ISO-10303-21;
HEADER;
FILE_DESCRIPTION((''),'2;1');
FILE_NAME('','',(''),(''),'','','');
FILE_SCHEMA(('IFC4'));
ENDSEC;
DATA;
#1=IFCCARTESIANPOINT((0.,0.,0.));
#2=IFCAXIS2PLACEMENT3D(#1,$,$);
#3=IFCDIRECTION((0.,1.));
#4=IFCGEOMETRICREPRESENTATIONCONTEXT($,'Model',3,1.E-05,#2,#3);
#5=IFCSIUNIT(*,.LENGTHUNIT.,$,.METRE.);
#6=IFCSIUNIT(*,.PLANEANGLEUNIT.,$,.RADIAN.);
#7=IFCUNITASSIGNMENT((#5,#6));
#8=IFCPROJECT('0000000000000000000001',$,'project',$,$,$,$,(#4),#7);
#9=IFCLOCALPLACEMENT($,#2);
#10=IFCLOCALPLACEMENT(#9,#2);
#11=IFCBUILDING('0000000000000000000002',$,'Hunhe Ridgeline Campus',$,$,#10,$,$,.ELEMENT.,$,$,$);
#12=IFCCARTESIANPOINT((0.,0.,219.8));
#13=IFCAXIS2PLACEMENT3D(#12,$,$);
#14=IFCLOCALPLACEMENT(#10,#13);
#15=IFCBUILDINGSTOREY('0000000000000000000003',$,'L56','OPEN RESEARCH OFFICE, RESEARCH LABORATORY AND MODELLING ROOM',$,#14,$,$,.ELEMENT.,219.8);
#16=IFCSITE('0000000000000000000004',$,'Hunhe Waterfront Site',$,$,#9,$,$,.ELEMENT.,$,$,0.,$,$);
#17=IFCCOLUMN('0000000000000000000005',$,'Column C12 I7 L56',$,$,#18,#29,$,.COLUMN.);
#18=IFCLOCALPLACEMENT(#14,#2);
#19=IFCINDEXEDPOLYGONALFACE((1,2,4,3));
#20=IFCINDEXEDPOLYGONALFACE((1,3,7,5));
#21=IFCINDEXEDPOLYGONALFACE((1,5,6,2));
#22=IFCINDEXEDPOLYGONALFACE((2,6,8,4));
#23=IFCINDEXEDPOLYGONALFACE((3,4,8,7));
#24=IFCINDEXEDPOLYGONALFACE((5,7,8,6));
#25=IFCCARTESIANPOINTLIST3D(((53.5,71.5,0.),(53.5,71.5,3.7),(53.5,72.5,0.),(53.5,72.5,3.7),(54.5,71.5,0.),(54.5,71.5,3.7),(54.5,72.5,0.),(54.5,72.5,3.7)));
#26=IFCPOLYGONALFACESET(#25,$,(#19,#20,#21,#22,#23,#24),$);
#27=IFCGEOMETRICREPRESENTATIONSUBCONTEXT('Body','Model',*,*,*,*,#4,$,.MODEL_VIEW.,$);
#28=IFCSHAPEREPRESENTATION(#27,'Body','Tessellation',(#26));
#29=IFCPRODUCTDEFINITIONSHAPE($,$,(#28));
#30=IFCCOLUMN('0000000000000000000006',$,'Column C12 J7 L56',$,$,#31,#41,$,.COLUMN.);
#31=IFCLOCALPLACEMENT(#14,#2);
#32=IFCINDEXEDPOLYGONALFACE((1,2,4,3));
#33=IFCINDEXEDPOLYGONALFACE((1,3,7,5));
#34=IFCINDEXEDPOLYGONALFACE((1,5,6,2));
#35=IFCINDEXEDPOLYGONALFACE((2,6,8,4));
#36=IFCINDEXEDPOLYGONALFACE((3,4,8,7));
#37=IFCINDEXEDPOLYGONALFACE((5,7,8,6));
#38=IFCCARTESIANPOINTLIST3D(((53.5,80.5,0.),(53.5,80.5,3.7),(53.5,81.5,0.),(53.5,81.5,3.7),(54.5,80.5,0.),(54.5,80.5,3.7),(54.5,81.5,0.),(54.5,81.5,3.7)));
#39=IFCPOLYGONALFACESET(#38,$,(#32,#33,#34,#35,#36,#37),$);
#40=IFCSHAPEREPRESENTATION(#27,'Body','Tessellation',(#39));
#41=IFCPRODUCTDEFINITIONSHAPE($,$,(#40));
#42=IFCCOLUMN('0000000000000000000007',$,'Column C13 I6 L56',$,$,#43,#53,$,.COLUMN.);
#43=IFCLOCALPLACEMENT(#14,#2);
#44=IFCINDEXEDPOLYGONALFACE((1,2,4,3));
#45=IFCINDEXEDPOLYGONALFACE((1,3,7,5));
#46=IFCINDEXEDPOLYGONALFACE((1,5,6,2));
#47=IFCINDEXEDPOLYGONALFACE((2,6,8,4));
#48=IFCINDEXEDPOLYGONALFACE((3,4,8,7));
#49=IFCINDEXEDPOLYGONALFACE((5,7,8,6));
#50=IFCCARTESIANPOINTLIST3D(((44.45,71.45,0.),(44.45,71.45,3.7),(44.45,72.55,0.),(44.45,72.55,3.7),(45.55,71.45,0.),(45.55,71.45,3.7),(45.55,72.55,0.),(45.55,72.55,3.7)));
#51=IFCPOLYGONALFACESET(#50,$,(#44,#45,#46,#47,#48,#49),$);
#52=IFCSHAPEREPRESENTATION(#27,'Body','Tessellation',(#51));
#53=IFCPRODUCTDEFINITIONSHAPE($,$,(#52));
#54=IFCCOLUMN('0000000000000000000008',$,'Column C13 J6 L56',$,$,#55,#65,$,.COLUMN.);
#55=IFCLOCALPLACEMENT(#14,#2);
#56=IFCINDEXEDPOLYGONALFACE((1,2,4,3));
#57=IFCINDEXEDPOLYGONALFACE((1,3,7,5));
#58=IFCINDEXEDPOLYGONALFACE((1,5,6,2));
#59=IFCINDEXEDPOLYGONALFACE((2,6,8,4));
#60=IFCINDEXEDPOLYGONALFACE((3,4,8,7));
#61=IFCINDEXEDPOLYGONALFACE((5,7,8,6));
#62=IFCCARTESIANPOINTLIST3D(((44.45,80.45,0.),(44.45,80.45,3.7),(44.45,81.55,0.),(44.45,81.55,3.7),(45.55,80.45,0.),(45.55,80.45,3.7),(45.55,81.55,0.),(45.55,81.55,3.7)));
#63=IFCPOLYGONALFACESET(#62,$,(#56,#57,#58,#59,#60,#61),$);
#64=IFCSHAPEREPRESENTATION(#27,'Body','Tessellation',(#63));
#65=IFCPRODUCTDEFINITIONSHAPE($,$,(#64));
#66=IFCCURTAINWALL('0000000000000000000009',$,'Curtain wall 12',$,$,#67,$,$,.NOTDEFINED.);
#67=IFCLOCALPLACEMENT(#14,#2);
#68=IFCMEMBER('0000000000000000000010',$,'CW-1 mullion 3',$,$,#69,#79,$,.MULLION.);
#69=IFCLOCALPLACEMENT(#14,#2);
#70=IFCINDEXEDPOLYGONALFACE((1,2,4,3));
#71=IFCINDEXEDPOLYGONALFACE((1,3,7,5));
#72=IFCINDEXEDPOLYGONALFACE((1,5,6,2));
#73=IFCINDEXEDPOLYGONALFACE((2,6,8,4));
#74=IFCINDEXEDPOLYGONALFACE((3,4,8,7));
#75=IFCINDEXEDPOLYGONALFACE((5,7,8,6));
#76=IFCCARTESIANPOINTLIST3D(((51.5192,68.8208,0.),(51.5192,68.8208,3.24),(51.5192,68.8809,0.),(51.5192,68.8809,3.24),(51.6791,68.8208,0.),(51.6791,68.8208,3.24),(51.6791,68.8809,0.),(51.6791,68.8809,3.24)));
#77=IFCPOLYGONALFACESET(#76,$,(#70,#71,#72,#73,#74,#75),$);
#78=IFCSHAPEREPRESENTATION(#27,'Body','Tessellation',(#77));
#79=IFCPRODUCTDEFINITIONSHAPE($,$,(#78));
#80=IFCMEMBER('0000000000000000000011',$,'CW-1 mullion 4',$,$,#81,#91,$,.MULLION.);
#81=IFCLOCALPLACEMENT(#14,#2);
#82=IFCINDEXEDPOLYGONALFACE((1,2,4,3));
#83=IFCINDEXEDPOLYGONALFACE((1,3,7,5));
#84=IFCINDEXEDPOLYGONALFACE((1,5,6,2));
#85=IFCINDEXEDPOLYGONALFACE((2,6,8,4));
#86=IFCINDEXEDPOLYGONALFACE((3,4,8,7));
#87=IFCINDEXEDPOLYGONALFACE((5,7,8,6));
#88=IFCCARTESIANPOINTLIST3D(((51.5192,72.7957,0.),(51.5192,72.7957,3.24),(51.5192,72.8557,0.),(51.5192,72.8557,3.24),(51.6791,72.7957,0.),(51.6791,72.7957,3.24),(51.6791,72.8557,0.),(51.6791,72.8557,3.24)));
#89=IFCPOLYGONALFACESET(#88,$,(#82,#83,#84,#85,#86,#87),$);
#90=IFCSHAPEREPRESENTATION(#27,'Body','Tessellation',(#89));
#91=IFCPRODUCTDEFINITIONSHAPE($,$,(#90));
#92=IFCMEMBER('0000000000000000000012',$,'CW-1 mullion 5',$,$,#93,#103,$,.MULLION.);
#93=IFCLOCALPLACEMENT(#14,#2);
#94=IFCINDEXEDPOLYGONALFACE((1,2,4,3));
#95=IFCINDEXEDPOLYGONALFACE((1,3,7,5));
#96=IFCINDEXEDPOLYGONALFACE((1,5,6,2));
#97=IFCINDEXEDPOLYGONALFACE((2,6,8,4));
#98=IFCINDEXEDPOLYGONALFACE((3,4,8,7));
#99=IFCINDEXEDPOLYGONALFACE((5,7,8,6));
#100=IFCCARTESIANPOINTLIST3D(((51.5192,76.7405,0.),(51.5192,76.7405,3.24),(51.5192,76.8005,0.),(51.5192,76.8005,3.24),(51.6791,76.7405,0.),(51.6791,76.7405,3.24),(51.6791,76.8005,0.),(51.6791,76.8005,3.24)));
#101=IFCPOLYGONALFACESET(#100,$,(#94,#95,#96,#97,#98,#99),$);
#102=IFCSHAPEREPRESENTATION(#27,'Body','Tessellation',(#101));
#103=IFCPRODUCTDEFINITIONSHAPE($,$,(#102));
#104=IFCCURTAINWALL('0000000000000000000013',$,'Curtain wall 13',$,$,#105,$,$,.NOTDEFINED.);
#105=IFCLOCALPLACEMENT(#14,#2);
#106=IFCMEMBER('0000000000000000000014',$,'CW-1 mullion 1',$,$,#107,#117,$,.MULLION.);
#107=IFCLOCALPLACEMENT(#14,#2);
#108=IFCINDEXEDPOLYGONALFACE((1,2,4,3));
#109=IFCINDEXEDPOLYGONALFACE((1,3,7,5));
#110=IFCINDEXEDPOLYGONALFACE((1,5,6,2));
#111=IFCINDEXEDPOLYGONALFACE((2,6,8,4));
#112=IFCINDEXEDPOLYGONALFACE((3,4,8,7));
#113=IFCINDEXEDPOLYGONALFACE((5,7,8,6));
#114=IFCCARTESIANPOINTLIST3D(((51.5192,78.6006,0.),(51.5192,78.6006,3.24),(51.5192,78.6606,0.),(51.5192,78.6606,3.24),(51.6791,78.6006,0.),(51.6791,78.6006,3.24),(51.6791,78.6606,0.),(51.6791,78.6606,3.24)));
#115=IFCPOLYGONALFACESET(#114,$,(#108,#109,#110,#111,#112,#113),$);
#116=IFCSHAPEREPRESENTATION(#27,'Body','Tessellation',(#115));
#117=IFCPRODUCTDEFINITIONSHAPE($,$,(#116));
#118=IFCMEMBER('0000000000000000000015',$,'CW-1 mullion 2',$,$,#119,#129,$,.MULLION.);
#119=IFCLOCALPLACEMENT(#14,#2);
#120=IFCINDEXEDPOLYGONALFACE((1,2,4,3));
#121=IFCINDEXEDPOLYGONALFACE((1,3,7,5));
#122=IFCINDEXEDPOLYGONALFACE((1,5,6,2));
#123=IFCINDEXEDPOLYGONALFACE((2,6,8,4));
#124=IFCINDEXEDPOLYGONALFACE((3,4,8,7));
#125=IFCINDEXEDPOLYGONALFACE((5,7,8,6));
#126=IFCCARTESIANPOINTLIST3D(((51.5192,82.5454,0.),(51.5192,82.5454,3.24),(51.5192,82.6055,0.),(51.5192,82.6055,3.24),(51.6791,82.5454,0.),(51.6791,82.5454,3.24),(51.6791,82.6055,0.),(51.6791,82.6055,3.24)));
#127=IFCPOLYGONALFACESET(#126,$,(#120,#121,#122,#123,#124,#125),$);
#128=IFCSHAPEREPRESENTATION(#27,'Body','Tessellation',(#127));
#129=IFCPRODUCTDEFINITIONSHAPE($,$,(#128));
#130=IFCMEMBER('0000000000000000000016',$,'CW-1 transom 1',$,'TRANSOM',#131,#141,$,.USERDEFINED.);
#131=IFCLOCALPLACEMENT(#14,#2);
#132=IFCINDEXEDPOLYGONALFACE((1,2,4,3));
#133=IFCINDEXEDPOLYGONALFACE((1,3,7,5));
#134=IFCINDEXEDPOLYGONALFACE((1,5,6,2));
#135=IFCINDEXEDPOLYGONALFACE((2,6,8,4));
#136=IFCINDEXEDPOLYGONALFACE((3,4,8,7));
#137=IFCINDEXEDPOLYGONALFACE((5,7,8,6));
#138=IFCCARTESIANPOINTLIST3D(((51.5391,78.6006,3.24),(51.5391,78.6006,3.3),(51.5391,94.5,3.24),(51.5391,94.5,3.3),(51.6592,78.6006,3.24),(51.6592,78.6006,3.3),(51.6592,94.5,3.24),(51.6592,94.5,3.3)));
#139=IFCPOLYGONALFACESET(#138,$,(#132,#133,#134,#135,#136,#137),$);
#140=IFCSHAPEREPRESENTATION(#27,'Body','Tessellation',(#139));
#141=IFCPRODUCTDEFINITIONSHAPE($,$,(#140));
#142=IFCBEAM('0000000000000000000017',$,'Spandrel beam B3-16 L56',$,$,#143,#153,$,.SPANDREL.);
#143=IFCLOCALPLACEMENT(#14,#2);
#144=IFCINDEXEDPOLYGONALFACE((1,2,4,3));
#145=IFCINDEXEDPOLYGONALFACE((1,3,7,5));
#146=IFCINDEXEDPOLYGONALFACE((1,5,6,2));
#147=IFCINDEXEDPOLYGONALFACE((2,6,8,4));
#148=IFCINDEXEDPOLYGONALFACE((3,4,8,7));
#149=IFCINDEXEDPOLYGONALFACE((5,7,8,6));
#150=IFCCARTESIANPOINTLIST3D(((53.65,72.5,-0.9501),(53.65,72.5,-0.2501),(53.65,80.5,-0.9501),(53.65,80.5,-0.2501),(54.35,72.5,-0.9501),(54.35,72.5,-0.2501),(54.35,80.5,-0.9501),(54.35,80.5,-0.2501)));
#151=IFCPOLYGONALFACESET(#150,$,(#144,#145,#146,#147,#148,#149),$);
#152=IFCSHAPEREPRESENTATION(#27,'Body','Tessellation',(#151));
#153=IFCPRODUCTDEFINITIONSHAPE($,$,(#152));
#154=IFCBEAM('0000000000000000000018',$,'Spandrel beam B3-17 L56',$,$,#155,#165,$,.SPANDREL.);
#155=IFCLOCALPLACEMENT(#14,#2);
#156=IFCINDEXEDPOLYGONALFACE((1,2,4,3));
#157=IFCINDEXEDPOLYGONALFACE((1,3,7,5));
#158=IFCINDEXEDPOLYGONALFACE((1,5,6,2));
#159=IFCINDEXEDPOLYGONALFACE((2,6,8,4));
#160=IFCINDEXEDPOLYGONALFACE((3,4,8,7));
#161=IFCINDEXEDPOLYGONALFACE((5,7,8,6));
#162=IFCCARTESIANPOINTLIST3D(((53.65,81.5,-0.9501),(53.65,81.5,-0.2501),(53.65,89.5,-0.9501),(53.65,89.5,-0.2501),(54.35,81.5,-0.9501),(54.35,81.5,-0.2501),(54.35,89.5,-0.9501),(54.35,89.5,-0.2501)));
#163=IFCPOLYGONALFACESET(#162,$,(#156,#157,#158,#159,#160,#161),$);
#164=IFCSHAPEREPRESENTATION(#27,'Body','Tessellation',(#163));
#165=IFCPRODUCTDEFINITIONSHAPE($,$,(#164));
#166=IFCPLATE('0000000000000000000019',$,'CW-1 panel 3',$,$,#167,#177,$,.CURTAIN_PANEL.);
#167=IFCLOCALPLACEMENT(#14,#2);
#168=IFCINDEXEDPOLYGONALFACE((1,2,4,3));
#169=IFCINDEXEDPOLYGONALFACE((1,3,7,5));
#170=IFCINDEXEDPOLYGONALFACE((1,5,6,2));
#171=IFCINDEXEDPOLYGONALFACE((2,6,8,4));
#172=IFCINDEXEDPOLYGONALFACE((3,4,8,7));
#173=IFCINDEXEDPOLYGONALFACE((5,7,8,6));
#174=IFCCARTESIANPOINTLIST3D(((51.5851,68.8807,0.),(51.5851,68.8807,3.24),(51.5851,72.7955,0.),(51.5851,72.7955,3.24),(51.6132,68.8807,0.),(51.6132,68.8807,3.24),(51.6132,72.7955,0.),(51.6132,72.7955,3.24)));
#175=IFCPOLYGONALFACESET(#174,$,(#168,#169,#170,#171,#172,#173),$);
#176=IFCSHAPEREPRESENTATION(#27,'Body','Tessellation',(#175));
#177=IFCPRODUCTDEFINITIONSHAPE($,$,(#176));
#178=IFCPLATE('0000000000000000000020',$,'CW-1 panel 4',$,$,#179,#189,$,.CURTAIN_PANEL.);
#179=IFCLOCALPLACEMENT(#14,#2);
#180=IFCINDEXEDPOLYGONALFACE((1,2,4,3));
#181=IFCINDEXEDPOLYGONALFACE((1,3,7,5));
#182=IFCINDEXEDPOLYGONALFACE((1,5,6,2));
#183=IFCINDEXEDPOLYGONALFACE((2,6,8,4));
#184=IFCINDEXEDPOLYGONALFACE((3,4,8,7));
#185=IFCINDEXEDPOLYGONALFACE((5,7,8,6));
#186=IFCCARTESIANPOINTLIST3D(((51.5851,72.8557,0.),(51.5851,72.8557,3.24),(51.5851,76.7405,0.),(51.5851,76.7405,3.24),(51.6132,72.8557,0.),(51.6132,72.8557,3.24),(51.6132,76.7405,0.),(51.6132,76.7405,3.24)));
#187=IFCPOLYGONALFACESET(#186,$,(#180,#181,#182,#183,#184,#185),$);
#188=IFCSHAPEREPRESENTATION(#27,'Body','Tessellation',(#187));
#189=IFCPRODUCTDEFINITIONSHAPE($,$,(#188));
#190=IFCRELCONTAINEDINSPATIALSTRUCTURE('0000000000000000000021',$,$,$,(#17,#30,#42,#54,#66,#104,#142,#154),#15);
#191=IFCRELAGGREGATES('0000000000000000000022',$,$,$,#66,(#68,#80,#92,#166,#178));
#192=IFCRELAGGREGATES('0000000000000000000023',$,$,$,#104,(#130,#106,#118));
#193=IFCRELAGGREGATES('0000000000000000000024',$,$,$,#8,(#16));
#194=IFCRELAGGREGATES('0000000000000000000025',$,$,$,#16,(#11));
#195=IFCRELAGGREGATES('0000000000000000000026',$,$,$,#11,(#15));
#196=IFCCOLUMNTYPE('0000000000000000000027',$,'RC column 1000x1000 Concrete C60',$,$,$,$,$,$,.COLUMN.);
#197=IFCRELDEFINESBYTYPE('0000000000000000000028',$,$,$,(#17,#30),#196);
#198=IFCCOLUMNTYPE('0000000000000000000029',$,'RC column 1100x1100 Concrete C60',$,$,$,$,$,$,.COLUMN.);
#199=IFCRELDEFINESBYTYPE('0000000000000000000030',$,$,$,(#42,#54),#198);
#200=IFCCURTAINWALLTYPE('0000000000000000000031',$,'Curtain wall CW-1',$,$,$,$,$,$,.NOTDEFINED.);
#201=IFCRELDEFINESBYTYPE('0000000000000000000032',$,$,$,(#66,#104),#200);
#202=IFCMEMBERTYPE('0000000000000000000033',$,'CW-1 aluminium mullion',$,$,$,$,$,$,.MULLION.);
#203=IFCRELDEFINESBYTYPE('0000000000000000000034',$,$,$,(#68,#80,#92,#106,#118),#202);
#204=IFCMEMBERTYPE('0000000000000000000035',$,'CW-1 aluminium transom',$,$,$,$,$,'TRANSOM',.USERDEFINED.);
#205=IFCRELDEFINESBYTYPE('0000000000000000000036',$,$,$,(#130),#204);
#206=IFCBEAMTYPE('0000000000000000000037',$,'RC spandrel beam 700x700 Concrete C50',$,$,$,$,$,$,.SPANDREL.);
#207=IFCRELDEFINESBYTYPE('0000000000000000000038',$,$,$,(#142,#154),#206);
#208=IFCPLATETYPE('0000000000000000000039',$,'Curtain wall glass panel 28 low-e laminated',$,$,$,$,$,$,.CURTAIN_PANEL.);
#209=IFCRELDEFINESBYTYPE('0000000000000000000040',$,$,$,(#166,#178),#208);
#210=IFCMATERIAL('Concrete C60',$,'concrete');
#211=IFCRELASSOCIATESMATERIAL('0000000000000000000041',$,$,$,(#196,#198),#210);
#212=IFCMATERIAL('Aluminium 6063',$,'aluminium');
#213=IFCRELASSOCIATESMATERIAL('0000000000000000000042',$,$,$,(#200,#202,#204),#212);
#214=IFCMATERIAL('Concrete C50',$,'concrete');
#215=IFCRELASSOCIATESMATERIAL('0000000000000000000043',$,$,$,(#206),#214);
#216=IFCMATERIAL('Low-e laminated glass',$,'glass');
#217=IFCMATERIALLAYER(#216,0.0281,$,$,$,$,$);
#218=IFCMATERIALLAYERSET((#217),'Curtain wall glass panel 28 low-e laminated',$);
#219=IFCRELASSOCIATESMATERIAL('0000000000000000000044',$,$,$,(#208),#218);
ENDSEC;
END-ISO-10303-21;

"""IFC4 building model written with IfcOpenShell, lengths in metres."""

from ifc_helpers import new_model, si_unit, direction, frame, origin, origin_2d, place, context, subcontext, project, spatial, rectangle, extrude, material, layer, layer_set, material_profile, profile_set, type_object, element, aggregate, save


model = new_model("IFC4")

# Units and contexts
model_context = context("Model", 3, precision=1e-05, world=origin(), true_north=direction((0.0, 1.0)))
body_context = subcontext(model_context, "Body", "Model", "MODEL_VIEW")
ifc_project = project(units=[si_unit("LENGTHUNIT", "METRE"), si_unit("PLANEANGLEUNIT", "RADIAN")], contexts=[model_context])

# Site, building, storey
site_placement = place(None, origin())
site = spatial("IfcSite", under=ifc_project, at=site_placement, Name="Hunhe Waterfront Site", CompositionType="ELEMENT", RefElevation=0.0)
building_placement = place(site_placement, origin())
building = spatial("IfcBuilding", under=site, at=building_placement, Name="Hunhe Ridgeline Campus", CompositionType="ELEMENT")
storey_placement = place(building_placement, frame((0.0, 0.0, 219.8)))
storey = spatial("IfcBuildingStorey", under=building, at=storey_placement, Name="L56", Description="OPEN RESEARCH OFFICE, RESEARCH LABORATORY AND MODELLING ROOM", CompositionType="ELEMENT", Elevation=219.8)

# Columns
ifc_material_1 = material(Name="Concrete C60", Category="concrete")
ifc_material_profile_1 = material_profile(ifc_material_1, rectangle(XDim=1.0, YDim=1.0, at=origin_2d()))
ifc_profile_set_1 = profile_set([ifc_material_profile_1], Name="Concrete C60")
column_type_1 = type_object("IfcColumnType", Name="RC column 1000x1000 Concrete C60", PredefinedType="COLUMN", material=ifc_profile_set_1)
for number, where, z_axis, x_axis, name in (
    (1, (54.0, 72.0, 0.0), (0.0, 0.0, 1.0), (1.0, 0.0, 0.0), "Column C12 I7 L56"),
    (2, (54.0, 81.0, 0.0), (0.0, 0.0, 1.0), (1.0, 0.0, 0.0), "Column C12 J7 L56"),
):
    element("IfcColumn", number, at=place(storey_placement, frame(where, z_axis=z_axis, x_axis=x_axis)), inside=storey, type_object=column_type_1, Name=name, PredefinedType="COLUMN", context=body_context, shape_type="SweptSolid", body=[
        extrude(rectangle(XDim=1.0, YDim=1.0, at=origin_2d()), origin(), (0.0, 0.0, 1.0), 3.7),
    ])
ifc_material_profile_2 = material_profile(ifc_material_1, rectangle(XDim=1.1001, YDim=1.1001, at=origin_2d()))
ifc_profile_set_2 = profile_set([ifc_material_profile_2], Name="Concrete C60")
column_type_2 = type_object("IfcColumnType", Name="RC column 1100x1100 Concrete C60", PredefinedType="COLUMN", material=ifc_profile_set_2)
for number, where, z_axis, x_axis, name in (
    (3, (45.0, 72.0, 0.0), (0.0, 0.0, 1.0), (1.0, 0.0, 0.0), "Column C13 I6 L56"),
    (4, (45.0, 81.0, 0.0), (0.0, 0.0, 1.0), (1.0, 0.0, 0.0), "Column C13 J6 L56"),
):
    element("IfcColumn", number, at=place(storey_placement, frame(where, z_axis=z_axis, x_axis=x_axis)), inside=storey, type_object=column_type_2, Name=name, PredefinedType="COLUMN", context=body_context, shape_type="SweptSolid", body=[
        extrude(rectangle(XDim=1.1001, YDim=1.1001, at=origin_2d()), origin(), (0.0, 0.0, 1.0), 3.7),
    ])

# Curtain walls, members
ifc_material_2 = material(Name="Aluminium 6063", Category="aluminium")
curtain_wall_type = type_object("IfcCurtainWallType", Name="Curtain wall CW-1", PredefinedType="NOTDEFINED", material=ifc_material_2)
curtain_wall_1_placement = place(storey_placement, origin())
curtain_wall_1 = element("IfcCurtainWall", 5, at=curtain_wall_1_placement, inside=storey, type_object=curtain_wall_type, Name="Curtain wall 12", PredefinedType="NOTDEFINED")
ifc_material_profile_3 = material_profile(ifc_material_2, rectangle(XDim=0.1599, YDim=0.0601, at=origin_2d()))
ifc_profile_set_3 = profile_set([ifc_material_profile_3], Name="Aluminium 6063")
member_type_1 = type_object("IfcMemberType", Name="CW-1 aluminium mullion", PredefinedType="MULLION", material=ifc_profile_set_3)
member_1_placement = place(storey_placement, frame((51.5991, 68.8508, 0.0), z_axis=(0.0, 0.0, 1.0), x_axis=(-1.0, 0.0, 0.0)))
member_1 = element("IfcMember", 6, at=member_1_placement, type_object=member_type_1, Name="CW-1 mullion 3", PredefinedType="MULLION", context=body_context, shape_type="SweptSolid", body=[
    extrude(rectangle(XDim=0.1599, YDim=0.0601, at=origin_2d()), origin(), (0.0, 0.0, 1.0), 3.24),
])
member_2_placement = place(storey_placement, frame((51.5991, 72.8257, 0.0), z_axis=(0.0, 0.0, 1.0), x_axis=(-1.0, 0.0, 0.0)))
member_2 = element("IfcMember", 7, at=member_2_placement, type_object=member_type_1, Name="CW-1 mullion 4", PredefinedType="MULLION", context=body_context, shape_type="SweptSolid", body=[
    extrude(rectangle(XDim=0.1599, YDim=0.0601, at=origin_2d()), origin(), (0.0, 0.0, 1.0), 3.24),
])
member_3_placement = place(storey_placement, frame((51.5991, 76.7705, 0.0), z_axis=(0.0, 0.0, 1.0), x_axis=(-1.0, 0.0, 0.0)))
member_3 = element("IfcMember", 8, at=member_3_placement, type_object=member_type_1, Name="CW-1 mullion 5", PredefinedType="MULLION", context=body_context, shape_type="SweptSolid", body=[
    extrude(rectangle(XDim=0.1599, YDim=0.0601, at=origin_2d()), origin(), (0.0, 0.0, 1.0), 3.24),
])
curtain_wall_2_placement = place(storey_placement, origin())
curtain_wall_2 = element("IfcCurtainWall", 9, at=curtain_wall_2_placement, inside=storey, type_object=curtain_wall_type, Name="Curtain wall 13", PredefinedType="NOTDEFINED")
member_4_placement = place(storey_placement, frame((51.5991, 78.6306, 0.0), z_axis=(0.0, 0.0, 1.0), x_axis=(-1.0, 0.0, 0.0)))
member_4 = element("IfcMember", 10, at=member_4_placement, type_object=member_type_1, Name="CW-1 mullion 1", PredefinedType="MULLION", context=body_context, shape_type="SweptSolid", body=[
    extrude(rectangle(XDim=0.1599, YDim=0.0601, at=origin_2d()), origin(), (0.0, 0.0, 1.0), 3.24),
])
member_5_placement = place(storey_placement, frame((51.5991, 82.5754, 0.0), z_axis=(0.0, 0.0, 1.0), x_axis=(-1.0, 0.0, 0.0)))
member_5 = element("IfcMember", 11, at=member_5_placement, type_object=member_type_1, Name="CW-1 mullion 2", PredefinedType="MULLION", context=body_context, shape_type="SweptSolid", body=[
    extrude(rectangle(XDim=0.1599, YDim=0.0601, at=origin_2d()), origin(), (0.0, 0.0, 1.0), 3.24),
])
ifc_material_profile_4 = material_profile(ifc_material_2, rectangle(XDim=0.1201, YDim=0.0601, at=origin_2d()))
ifc_profile_set_4 = profile_set([ifc_material_profile_4], Name="Aluminium 6063")
member_type_2 = type_object("IfcMemberType", Name="CW-1 aluminium transom", ElementType="TRANSOM", PredefinedType="USERDEFINED", material=ifc_profile_set_4)
member_6_placement = place(storey_placement, frame((51.5991, 78.6006, 3.27), z_axis=(0.0, 1.0, 0.0), x_axis=(-1.0, 0.0, 0.0)))
member_6 = element("IfcMember", 12, at=member_6_placement, type_object=member_type_2, Name="CW-1 transom 1", ObjectType="TRANSOM", PredefinedType="USERDEFINED", context=body_context, shape_type="SweptSolid", body=[
    extrude(rectangle(XDim=0.1201, YDim=0.0601, at=origin_2d()), origin(), (0.0, 0.0, 1.0), 15.8994),
])

# Beams
ifc_material_3 = material(Name="Concrete C50", Category="concrete")
ifc_material_profile_5 = material_profile(ifc_material_3, rectangle(XDim=0.7, YDim=0.7, at=origin_2d()))
ifc_profile_set_5 = profile_set([ifc_material_profile_5], Name="Concrete C50")
beam_type = type_object("IfcBeamType", Name="RC spandrel beam 700x700 Concrete C50", PredefinedType="SPANDREL", material=ifc_profile_set_5)
for number, where, z_axis, x_axis, name in (
    (13, (54.0, 72.5, -0.6001), (0.0, 1.0, 0.0), (-1.0, 0.0, 0.0), "Spandrel beam B3-16 L56"),
    (14, (54.0, 81.5, -0.6001), (0.0, 1.0, 0.0), (-1.0, 0.0, 0.0), "Spandrel beam B3-17 L56"),
):
    element("IfcBeam", number, at=place(storey_placement, frame(where, z_axis=z_axis, x_axis=x_axis)), inside=storey, type_object=beam_type, Name=name, PredefinedType="SPANDREL", context=body_context, shape_type="SweptSolid", body=[
        extrude(rectangle(XDim=0.7, YDim=0.7, at=origin_2d()), origin(), (0.0, 0.0, 1.0), 8.0),
    ])

# Plates
ifc_material_4 = material(Name="Low-e laminated glass", Category="glass")
ifc_layer_1 = layer(ifc_material_4, 0.0281)
ifc_layer_set_1 = layer_set([ifc_layer_1], Name="Curtain wall glass panel 28 low-e laminated")
plate_type = type_object("IfcPlateType", Name="Curtain wall glass panel 28 low-e laminated", PredefinedType="CURTAIN_PANEL", material=ifc_layer_set_1)
plate_1_placement = place(storey_placement, frame((51.5991, 70.8381, 0.0), z_axis=(0.0, 0.0, 1.0), x_axis=(0.0, 1.0, 0.0)))
plate_1 = element("IfcPlate", 15, at=plate_1_placement, type_object=plate_type, Name="CW-1 panel 3", PredefinedType="CURTAIN_PANEL", context=body_context, shape_type="SweptSolid", body=[
    extrude(rectangle(XDim=3.9148, YDim=0.0281, at=origin_2d()), origin(), (0.0, 0.0, 1.0), 3.24),
])
plate_2_placement = place(storey_placement, frame((51.5991, 74.7981, 0.0), z_axis=(0.0, 0.0, 1.0), x_axis=(0.0, 1.0, 0.0)))
plate_2 = element("IfcPlate", 16, at=plate_2_placement, type_object=plate_type, Name="CW-1 panel 4", PredefinedType="CURTAIN_PANEL", context=body_context, shape_type="SweptSolid", body=[
    extrude(rectangle(XDim=3.8848, YDim=0.0281, at=origin_2d()), origin(), (0.0, 0.0, 1.0), 3.24),
])
aggregate(curtain_wall_1, [member_1, member_2, member_3, plate_1, plate_2])
aggregate(curtain_wall_2, [member_6, member_4, member_5])

save(model, "model.ifc")
